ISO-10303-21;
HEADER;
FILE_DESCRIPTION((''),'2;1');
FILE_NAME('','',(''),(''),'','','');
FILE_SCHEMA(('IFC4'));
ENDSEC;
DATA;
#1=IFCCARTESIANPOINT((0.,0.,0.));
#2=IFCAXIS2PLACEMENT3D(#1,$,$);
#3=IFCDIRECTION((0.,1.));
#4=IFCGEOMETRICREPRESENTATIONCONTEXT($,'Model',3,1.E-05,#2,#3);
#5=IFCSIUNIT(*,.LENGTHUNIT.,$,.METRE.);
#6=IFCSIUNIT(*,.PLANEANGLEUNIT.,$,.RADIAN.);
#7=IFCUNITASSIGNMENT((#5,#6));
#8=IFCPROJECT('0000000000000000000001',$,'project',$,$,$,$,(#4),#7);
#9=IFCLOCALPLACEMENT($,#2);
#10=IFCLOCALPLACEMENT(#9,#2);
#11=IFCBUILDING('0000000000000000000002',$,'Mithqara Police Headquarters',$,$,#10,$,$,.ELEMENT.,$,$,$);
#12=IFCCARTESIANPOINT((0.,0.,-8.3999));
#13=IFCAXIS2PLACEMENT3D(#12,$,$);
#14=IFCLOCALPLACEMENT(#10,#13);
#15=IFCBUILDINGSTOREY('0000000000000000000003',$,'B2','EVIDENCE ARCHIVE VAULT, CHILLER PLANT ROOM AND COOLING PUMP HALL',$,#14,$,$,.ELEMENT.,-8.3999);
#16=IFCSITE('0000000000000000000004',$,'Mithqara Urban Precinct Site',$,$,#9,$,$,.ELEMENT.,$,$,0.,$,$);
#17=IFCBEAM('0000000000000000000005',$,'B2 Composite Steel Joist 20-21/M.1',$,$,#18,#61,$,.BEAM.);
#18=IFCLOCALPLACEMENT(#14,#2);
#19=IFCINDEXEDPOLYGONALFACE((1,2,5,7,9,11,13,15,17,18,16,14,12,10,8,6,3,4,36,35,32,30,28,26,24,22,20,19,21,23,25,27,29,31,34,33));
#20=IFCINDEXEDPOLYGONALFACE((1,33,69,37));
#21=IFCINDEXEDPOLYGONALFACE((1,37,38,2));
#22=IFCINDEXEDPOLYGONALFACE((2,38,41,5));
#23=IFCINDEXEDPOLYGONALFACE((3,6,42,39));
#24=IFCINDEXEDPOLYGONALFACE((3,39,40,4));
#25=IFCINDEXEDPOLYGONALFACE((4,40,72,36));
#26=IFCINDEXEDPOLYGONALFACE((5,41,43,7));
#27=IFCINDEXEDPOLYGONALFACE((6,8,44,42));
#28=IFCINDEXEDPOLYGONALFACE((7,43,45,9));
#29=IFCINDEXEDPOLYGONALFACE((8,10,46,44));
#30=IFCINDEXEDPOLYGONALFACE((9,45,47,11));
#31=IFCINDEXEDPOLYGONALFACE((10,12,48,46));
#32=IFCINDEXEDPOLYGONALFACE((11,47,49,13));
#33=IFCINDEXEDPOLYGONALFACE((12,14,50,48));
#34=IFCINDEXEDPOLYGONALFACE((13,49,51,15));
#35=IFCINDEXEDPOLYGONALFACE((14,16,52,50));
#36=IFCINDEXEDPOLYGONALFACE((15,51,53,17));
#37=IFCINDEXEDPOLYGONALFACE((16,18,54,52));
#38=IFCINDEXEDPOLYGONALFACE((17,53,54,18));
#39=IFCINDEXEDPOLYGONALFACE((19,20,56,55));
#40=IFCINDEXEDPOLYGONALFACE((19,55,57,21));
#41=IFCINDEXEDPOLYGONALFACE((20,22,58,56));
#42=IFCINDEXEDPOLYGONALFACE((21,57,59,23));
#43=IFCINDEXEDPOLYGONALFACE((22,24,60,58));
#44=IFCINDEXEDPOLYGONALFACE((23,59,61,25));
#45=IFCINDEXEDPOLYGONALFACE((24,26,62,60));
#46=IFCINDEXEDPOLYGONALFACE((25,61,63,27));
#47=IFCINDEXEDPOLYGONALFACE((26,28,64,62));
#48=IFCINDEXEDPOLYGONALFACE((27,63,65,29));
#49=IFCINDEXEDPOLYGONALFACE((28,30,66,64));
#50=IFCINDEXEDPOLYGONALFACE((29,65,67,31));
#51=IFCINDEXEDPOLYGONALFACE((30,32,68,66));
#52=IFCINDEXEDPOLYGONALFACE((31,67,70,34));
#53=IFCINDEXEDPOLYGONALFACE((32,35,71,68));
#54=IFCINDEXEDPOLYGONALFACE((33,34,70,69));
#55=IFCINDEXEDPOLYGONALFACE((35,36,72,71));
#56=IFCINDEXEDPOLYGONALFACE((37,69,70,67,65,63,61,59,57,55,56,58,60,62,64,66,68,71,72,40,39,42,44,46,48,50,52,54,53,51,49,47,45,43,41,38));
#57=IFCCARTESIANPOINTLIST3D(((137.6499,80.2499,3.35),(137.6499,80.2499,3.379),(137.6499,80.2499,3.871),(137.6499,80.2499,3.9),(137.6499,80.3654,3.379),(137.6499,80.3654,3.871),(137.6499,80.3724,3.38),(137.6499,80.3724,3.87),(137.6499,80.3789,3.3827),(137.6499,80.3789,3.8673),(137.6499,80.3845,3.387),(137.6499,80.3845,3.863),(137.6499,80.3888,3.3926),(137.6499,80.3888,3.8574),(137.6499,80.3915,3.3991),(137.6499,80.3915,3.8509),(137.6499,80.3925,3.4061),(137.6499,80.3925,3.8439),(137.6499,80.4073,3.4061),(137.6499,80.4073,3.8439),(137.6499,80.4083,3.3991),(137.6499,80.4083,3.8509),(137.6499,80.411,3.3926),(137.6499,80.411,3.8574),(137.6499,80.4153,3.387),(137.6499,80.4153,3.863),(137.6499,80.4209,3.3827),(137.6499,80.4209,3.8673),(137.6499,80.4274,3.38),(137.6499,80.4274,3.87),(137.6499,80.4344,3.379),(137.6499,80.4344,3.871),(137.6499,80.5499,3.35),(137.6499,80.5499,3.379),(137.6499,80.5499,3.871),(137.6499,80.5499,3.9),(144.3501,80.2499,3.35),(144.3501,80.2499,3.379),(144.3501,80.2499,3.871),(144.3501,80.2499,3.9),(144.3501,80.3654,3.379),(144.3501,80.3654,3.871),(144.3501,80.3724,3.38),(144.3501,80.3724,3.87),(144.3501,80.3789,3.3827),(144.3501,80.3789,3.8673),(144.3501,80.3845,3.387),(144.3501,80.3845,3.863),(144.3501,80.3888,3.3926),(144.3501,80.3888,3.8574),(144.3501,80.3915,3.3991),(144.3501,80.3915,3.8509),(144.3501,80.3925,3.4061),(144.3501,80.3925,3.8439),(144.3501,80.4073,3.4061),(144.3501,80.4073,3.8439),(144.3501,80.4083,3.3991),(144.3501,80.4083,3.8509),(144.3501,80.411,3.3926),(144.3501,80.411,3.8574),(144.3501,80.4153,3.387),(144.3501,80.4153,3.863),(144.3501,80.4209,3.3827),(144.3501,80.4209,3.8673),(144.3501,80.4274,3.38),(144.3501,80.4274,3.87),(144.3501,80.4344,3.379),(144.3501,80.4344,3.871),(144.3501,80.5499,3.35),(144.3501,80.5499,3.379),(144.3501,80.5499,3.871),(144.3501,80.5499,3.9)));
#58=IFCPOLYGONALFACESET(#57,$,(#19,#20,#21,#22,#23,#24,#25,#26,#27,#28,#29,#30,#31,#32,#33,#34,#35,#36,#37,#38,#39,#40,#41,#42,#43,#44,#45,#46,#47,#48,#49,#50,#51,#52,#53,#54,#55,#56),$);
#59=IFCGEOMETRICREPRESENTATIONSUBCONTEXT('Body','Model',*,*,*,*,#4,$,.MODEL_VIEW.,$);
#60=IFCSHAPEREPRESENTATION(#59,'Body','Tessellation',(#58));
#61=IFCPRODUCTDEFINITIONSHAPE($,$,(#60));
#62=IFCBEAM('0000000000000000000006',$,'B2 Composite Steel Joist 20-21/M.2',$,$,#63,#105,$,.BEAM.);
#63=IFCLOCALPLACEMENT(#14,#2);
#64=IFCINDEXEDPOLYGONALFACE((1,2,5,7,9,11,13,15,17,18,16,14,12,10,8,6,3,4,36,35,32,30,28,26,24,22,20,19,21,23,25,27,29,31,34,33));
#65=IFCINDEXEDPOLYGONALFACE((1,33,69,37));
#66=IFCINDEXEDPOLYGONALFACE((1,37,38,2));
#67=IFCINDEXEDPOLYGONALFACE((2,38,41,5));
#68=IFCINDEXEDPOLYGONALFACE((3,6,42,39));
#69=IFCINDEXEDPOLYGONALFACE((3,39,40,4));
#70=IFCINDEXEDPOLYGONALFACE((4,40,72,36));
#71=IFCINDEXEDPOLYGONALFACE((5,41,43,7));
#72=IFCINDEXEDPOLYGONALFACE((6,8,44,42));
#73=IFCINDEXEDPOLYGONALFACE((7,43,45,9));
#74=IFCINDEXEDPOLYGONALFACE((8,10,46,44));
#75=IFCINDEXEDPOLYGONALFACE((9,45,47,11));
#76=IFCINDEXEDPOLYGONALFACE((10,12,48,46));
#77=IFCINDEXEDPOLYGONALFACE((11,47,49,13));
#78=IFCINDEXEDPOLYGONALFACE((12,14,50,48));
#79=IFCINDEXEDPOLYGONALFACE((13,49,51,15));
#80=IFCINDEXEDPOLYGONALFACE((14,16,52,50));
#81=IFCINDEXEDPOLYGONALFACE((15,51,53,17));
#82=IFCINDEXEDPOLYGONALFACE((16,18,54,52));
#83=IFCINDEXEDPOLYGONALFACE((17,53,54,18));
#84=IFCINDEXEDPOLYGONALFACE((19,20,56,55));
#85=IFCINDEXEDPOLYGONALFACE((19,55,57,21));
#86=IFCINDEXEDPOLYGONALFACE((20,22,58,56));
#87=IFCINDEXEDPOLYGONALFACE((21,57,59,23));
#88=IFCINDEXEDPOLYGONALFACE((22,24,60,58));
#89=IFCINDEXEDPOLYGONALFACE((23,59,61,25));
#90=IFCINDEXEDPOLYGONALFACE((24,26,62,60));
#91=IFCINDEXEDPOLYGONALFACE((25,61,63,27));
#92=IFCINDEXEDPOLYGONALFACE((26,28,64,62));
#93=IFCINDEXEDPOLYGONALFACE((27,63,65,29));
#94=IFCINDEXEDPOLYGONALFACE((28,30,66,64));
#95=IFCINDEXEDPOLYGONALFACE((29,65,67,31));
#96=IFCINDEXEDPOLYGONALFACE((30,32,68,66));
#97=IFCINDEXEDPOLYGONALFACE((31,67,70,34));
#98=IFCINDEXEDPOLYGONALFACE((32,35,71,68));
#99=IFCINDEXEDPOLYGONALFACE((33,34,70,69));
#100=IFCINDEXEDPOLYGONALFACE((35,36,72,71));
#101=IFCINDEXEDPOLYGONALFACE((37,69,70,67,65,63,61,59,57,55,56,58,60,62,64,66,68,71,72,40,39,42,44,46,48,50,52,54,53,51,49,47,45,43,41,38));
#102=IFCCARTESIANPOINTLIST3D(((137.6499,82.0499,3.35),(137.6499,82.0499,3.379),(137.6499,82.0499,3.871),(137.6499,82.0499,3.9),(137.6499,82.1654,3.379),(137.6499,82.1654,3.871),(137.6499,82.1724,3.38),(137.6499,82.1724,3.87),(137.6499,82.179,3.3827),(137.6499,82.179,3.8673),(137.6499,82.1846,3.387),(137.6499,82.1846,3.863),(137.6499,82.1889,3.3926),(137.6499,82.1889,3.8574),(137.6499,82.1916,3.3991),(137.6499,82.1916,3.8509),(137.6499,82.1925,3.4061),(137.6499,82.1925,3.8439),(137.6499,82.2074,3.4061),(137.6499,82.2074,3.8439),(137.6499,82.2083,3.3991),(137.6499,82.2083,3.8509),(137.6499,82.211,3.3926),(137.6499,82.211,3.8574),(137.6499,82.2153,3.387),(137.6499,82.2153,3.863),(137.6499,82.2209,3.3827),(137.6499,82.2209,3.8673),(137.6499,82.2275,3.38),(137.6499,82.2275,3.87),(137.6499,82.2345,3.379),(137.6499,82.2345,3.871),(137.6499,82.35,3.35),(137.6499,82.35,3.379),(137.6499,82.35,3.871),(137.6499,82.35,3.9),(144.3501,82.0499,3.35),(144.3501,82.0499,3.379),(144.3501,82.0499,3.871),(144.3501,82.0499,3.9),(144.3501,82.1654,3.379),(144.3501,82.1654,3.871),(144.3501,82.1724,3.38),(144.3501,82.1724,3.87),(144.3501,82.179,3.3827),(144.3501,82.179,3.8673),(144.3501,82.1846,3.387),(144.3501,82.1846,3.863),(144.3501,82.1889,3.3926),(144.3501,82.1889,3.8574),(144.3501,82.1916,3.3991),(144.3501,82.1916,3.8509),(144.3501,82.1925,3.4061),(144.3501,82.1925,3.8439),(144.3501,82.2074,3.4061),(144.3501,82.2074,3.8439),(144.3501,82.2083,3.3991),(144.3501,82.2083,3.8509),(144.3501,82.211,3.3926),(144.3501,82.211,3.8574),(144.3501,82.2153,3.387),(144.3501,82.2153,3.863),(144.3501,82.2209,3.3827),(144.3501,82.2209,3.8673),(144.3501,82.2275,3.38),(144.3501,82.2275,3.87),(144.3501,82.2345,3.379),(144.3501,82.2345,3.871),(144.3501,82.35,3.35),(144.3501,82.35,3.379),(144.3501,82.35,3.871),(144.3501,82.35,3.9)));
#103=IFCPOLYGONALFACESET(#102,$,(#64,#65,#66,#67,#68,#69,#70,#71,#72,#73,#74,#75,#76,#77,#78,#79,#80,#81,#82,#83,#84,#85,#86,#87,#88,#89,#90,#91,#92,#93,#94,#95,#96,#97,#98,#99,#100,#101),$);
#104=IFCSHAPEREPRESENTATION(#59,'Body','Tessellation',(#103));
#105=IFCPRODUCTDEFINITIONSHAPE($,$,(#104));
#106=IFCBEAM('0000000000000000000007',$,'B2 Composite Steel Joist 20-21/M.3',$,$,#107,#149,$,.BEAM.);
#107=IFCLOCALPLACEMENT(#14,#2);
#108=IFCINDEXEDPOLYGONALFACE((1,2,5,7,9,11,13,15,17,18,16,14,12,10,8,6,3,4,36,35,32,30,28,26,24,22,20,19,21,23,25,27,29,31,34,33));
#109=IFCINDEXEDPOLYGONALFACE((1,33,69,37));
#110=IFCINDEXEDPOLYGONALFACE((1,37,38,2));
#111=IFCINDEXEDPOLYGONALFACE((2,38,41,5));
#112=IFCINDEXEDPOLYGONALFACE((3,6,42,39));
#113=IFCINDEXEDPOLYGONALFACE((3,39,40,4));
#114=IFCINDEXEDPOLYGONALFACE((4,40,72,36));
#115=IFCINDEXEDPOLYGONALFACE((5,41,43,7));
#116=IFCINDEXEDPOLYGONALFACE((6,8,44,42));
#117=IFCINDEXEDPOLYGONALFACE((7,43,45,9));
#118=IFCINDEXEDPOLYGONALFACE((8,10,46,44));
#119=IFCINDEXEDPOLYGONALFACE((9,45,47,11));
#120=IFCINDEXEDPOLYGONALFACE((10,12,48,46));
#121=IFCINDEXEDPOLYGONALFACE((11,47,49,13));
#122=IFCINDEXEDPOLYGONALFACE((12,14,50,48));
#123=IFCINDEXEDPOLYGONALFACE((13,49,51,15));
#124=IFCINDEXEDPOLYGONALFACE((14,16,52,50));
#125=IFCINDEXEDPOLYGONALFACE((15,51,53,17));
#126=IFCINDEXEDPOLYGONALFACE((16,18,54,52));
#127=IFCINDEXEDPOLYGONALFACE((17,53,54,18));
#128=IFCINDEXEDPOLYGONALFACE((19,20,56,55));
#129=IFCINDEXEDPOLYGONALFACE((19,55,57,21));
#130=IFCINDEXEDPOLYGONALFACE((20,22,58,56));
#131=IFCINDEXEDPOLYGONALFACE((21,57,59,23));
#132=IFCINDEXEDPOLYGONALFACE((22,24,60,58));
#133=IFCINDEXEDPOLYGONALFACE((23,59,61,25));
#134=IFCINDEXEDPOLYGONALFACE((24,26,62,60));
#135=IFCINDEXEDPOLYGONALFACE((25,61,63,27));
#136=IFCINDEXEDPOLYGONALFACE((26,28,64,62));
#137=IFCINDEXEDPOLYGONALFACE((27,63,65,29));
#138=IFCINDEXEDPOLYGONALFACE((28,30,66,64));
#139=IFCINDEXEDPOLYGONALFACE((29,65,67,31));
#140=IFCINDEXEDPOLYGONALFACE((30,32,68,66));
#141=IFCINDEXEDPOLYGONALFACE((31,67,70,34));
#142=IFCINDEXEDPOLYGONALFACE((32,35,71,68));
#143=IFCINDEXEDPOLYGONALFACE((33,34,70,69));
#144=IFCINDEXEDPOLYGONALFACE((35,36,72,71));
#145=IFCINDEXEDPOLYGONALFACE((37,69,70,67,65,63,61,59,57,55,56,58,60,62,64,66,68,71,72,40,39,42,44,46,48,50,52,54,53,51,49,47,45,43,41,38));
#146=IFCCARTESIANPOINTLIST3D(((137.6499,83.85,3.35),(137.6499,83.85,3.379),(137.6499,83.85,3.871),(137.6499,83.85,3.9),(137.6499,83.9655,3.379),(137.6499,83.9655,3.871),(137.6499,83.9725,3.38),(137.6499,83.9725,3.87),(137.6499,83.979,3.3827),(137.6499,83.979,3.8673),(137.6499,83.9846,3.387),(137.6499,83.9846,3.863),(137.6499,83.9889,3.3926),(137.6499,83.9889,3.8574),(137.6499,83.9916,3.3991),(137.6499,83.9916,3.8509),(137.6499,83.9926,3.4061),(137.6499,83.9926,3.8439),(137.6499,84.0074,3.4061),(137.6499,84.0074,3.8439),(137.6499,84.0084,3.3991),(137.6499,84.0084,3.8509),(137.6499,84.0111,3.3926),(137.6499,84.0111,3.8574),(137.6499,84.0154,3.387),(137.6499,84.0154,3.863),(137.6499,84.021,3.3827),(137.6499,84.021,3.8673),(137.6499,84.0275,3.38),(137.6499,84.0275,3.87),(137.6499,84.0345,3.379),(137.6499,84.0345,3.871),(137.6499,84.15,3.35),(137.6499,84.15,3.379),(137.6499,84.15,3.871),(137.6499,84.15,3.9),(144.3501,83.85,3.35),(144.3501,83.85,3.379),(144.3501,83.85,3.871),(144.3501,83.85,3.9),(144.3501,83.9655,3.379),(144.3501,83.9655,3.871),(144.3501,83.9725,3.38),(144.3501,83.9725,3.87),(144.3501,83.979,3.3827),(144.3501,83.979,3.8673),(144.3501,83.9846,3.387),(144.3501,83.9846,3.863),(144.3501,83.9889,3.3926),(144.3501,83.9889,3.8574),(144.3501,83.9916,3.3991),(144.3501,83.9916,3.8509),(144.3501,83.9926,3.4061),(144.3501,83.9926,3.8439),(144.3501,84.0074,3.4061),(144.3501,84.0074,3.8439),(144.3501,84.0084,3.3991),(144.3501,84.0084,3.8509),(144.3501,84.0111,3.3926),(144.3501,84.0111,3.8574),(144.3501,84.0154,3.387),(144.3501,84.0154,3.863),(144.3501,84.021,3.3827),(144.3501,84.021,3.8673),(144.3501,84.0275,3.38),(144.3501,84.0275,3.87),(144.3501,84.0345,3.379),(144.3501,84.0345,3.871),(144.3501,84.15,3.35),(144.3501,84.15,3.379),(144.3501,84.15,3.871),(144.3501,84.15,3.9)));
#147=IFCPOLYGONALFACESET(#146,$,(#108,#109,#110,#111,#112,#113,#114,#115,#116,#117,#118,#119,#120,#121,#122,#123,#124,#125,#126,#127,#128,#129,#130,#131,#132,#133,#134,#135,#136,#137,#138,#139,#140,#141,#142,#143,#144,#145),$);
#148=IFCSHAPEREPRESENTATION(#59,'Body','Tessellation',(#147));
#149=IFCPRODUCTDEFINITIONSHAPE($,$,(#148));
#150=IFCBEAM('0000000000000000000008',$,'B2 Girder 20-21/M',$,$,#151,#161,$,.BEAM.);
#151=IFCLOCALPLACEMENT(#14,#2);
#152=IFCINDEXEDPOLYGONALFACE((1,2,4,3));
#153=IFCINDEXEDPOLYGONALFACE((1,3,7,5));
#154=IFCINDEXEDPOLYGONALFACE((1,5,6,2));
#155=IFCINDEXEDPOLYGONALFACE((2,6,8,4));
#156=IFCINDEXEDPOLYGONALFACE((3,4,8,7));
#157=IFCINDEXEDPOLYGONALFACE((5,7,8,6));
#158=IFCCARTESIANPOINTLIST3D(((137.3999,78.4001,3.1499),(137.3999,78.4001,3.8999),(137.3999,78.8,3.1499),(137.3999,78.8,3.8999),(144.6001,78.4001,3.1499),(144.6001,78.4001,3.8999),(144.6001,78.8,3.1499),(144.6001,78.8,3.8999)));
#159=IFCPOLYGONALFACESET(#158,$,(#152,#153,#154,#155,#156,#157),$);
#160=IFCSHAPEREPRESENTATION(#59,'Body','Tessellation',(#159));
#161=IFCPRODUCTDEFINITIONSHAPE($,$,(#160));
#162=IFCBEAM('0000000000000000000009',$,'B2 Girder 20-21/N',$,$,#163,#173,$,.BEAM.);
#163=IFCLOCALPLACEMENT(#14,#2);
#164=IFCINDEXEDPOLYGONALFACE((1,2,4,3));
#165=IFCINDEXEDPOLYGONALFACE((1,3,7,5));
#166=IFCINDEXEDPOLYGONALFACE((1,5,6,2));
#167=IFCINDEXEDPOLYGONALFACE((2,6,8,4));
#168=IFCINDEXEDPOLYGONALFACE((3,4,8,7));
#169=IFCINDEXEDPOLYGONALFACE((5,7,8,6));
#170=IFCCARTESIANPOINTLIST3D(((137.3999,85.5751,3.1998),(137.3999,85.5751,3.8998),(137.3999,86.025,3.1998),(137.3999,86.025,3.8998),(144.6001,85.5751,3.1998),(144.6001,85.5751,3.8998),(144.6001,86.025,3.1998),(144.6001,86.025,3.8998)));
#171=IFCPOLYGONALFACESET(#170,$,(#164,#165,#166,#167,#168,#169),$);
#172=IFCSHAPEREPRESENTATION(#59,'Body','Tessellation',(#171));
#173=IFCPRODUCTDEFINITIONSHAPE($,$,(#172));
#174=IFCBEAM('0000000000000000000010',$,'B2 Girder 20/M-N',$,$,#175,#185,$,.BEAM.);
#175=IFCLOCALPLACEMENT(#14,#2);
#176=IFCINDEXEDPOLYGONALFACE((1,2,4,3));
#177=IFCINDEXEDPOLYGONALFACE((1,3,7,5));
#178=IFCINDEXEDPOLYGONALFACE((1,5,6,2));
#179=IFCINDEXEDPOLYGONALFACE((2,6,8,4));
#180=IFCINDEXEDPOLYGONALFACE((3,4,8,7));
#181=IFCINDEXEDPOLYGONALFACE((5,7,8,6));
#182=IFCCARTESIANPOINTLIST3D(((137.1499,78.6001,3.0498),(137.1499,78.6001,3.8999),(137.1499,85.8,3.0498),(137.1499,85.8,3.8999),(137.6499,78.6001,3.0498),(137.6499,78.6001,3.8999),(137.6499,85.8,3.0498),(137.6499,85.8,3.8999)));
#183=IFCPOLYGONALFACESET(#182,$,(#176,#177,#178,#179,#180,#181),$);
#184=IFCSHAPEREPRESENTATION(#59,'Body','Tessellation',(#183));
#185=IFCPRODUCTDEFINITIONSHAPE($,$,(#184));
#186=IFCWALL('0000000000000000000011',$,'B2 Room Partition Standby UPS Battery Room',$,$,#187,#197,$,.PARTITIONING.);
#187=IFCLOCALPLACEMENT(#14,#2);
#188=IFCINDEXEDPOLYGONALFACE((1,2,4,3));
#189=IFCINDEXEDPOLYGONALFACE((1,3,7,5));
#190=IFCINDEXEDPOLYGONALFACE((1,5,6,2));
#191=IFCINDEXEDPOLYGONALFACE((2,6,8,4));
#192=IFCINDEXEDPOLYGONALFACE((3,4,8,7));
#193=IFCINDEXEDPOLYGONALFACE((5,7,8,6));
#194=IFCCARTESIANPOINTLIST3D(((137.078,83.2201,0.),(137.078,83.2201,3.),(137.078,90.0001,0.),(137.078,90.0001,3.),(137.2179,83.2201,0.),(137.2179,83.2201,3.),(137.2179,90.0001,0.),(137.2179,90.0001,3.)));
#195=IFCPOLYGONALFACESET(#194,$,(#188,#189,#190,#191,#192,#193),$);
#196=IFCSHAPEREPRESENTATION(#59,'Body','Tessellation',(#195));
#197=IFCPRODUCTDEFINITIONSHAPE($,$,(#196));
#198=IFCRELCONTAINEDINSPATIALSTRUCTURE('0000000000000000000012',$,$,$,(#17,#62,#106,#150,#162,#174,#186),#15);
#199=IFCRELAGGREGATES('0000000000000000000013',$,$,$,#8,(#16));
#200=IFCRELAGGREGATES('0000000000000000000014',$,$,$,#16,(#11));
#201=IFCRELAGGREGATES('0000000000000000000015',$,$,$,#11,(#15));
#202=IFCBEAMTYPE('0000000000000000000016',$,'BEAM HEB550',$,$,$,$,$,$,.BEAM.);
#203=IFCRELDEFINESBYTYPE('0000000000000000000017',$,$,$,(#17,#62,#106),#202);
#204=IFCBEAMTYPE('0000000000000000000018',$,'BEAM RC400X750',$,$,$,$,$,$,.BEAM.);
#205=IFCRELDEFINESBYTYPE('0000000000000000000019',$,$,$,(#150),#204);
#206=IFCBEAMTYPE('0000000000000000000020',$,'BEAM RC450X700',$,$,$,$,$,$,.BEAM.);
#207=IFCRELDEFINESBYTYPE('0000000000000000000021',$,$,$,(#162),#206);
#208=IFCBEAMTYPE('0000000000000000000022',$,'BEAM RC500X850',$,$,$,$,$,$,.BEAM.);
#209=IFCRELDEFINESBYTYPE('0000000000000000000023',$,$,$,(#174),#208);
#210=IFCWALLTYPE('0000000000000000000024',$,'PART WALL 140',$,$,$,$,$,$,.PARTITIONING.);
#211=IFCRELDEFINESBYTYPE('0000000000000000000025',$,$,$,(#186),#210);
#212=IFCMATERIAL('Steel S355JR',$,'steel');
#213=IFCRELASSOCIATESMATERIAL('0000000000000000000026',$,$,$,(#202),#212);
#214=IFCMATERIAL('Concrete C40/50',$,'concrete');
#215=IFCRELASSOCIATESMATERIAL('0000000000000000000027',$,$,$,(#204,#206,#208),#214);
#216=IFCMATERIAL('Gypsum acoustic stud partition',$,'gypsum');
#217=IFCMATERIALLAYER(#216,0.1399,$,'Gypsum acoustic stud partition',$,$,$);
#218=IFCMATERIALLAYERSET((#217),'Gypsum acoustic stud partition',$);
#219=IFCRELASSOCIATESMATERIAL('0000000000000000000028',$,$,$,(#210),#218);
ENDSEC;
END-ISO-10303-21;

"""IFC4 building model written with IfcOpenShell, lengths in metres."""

from ifc_helpers import new_model, si_unit, direction, frame, frame_2d, origin, origin_2d, place, context, subcontext, project, spatial, rectangle, i_section, extrude, material, layer, layer_set, material_profile, profile_set, type_object, element, save


model = new_model("IFC4")

# Units and contexts
model_context = context("Model", 3, precision=1e-05, world=origin(), true_north=direction((0.0, 1.0)))
body_context = subcontext(model_context, "Body", "Model", "MODEL_VIEW")
ifc_project = project(units=[si_unit("LENGTHUNIT", "METRE"), si_unit("PLANEANGLEUNIT", "RADIAN")], contexts=[model_context])

# Site, building, storey
site_placement = place(None, origin())
site = spatial("IfcSite", under=ifc_project, at=site_placement, Name="Mithqara Urban Precinct Site", CompositionType="ELEMENT", RefElevation=0.0)
building_placement = place(site_placement, origin())
building = spatial("IfcBuilding", under=site, at=building_placement, Name="Mithqara Police Headquarters", CompositionType="ELEMENT")
storey_placement = place(building_placement, frame((0.0, 0.0, -8.3999)))
storey = spatial("IfcBuildingStorey", under=building, at=storey_placement, Name="B2", Description="EVIDENCE ARCHIVE VAULT, CHILLER PLANT ROOM AND COOLING PUMP HALL", CompositionType="ELEMENT", Elevation=-8.3999)

# Shared definitions
ifc_material_1 = material(Name="Concrete C40/50", Category="concrete")

# Beams
ifc_material_2 = material(Name="Steel S355JR", Category="steel")
ifc_material_profile_1 = material_profile(ifc_material_2, i_section(OverallWidth=0.3, OverallDepth=0.55, WebThickness=0.0149, FlangeThickness=0.0291, FilletRadius=0.0271, at=origin_2d()), Name="HEB 550")
ifc_profile_set_1 = profile_set([ifc_material_profile_1], Name="Steel S355JR")
beam_type_1 = type_object("IfcBeamType", Name="BEAM HEB550", PredefinedType="BEAM", material=ifc_profile_set_1)
for number, where, z_axis, x_axis, name in (
    (1, (137.6499, 80.3999, 3.625), (1.0, 0.0, 0.0), (0.0, 1.0, 0.0), "B2 Composite Steel Joist 20-21/M.1"),
    (2, (137.6499, 82.2, 3.625), (1.0, 0.0, 0.0), (0.0, 1.0, 0.0), "B2 Composite Steel Joist 20-21/M.2"),
    (3, (137.6499, 84.0, 3.625), (1.0, 0.0, 0.0), (0.0, 1.0, 0.0), "B2 Composite Steel Joist 20-21/M.3"),
):
    element("IfcBeam", number, at=place(storey_placement, frame(where, z_axis=z_axis, x_axis=x_axis)), inside=storey, type_object=beam_type_1, Name=name, PredefinedType="BEAM", context=body_context, shape_type="SweptSolid", body=[
        extrude(i_section(OverallWidth=0.3, OverallDepth=0.55, WebThickness=0.0149, FlangeThickness=0.0291, FilletRadius=0.0271, at=origin_2d()), origin(), (0.0, 0.0, 1.0), 6.7002),
    ])
ifc_material_profile_2 = material_profile(ifc_material_1, rectangle(XDim=0.3999, YDim=0.75, at=origin_2d()), Name="RC 400x750")
ifc_profile_set_2 = profile_set([ifc_material_profile_2], Name="Concrete C40/50")
beam_type_2 = type_object("IfcBeamType", Name="BEAM RC400X750", PredefinedType="BEAM", material=ifc_profile_set_2)
beam_1_placement = place(storey_placement, frame((137.3999, 78.6001, 3.5249), z_axis=(1.0, 0.0, 0.0), x_axis=(0.0, 1.0, 0.0)))
element("IfcBeam", 4, at=beam_1_placement, inside=storey, type_object=beam_type_2, Name="B2 Girder 20-21/M", PredefinedType="BEAM", context=body_context, shape_type="SweptSolid", body=[
    extrude(rectangle(XDim=0.3999, YDim=0.75, at=origin_2d()), origin(), (0.0, 0.0, 1.0), 7.2002),
])
ifc_material_profile_3 = material_profile(ifc_material_1, rectangle(XDim=0.45, YDim=0.7, at=origin_2d()), Name="RC 450x700")
ifc_profile_set_3 = profile_set([ifc_material_profile_3], Name="Concrete C40/50")
beam_type_3 = type_object("IfcBeamType", Name="BEAM RC450X700", PredefinedType="BEAM", material=ifc_profile_set_3)
beam_2_placement = place(storey_placement, frame((137.3999, 85.8, 3.5498), z_axis=(1.0, 0.0, 0.0), x_axis=(0.0, 1.0, 0.0)))
element("IfcBeam", 5, at=beam_2_placement, inside=storey, type_object=beam_type_3, Name="B2 Girder 20-21/N", PredefinedType="BEAM", context=body_context, shape_type="SweptSolid", body=[
    extrude(rectangle(XDim=0.45, YDim=0.7, at=origin_2d()), origin(), (0.0, 0.0, 1.0), 7.2002),
])
ifc_material_profile_4 = material_profile(ifc_material_1, rectangle(XDim=0.5, YDim=0.8501, at=origin_2d()), Name="RC 500x850")
ifc_profile_set_4 = profile_set([ifc_material_profile_4], Name="Concrete C40/50")
beam_type_4 = type_object("IfcBeamType", Name="BEAM RC500X850", PredefinedType="BEAM", material=ifc_profile_set_4)
beam_3_placement = place(storey_placement, frame((137.3999, 78.6001, 3.4749), z_axis=(0.0, 1.0, 0.0), x_axis=(-1.0, 0.0, 0.0)))
element("IfcBeam", 6, at=beam_3_placement, inside=storey, type_object=beam_type_4, Name="B2 Girder 20/M-N", PredefinedType="BEAM", context=body_context, shape_type="SweptSolid", body=[
    extrude(rectangle(XDim=0.5, YDim=0.8501, at=origin_2d()), origin(), (0.0, 0.0, 1.0), 7.2),
])

# Wall
ifc_material_3 = material(Name="Gypsum acoustic stud partition", Category="gypsum")
ifc_layer = layer(ifc_material_3, 0.1399, Name="Gypsum acoustic stud partition")
ifc_layer_set = layer_set([ifc_layer], Name="Gypsum acoustic stud partition")
wall_type = type_object("IfcWallType", Name="PART WALL 140", PredefinedType="PARTITIONING", material=ifc_layer_set)
wall_1_placement = place(storey_placement, frame((137.1479, 83.22, 0.0), z_axis=(0.0, 0.0, 1.0), x_axis=(0.0, 1.0, 0.0)))
element("IfcWall", 7, at=wall_1_placement, inside=storey, type_object=wall_type, Name="B2 Room Partition Standby UPS Battery Room", PredefinedType="PARTITIONING", context=body_context, shape_type="SweptSolid", body=[
    extrude(rectangle(XDim=6.78, YDim=0.1399, at=frame_2d((3.3901, 0.0))), origin(), (0.0, 0.0, 1.0), 3.0),
])

save(model, "model.ifc")
